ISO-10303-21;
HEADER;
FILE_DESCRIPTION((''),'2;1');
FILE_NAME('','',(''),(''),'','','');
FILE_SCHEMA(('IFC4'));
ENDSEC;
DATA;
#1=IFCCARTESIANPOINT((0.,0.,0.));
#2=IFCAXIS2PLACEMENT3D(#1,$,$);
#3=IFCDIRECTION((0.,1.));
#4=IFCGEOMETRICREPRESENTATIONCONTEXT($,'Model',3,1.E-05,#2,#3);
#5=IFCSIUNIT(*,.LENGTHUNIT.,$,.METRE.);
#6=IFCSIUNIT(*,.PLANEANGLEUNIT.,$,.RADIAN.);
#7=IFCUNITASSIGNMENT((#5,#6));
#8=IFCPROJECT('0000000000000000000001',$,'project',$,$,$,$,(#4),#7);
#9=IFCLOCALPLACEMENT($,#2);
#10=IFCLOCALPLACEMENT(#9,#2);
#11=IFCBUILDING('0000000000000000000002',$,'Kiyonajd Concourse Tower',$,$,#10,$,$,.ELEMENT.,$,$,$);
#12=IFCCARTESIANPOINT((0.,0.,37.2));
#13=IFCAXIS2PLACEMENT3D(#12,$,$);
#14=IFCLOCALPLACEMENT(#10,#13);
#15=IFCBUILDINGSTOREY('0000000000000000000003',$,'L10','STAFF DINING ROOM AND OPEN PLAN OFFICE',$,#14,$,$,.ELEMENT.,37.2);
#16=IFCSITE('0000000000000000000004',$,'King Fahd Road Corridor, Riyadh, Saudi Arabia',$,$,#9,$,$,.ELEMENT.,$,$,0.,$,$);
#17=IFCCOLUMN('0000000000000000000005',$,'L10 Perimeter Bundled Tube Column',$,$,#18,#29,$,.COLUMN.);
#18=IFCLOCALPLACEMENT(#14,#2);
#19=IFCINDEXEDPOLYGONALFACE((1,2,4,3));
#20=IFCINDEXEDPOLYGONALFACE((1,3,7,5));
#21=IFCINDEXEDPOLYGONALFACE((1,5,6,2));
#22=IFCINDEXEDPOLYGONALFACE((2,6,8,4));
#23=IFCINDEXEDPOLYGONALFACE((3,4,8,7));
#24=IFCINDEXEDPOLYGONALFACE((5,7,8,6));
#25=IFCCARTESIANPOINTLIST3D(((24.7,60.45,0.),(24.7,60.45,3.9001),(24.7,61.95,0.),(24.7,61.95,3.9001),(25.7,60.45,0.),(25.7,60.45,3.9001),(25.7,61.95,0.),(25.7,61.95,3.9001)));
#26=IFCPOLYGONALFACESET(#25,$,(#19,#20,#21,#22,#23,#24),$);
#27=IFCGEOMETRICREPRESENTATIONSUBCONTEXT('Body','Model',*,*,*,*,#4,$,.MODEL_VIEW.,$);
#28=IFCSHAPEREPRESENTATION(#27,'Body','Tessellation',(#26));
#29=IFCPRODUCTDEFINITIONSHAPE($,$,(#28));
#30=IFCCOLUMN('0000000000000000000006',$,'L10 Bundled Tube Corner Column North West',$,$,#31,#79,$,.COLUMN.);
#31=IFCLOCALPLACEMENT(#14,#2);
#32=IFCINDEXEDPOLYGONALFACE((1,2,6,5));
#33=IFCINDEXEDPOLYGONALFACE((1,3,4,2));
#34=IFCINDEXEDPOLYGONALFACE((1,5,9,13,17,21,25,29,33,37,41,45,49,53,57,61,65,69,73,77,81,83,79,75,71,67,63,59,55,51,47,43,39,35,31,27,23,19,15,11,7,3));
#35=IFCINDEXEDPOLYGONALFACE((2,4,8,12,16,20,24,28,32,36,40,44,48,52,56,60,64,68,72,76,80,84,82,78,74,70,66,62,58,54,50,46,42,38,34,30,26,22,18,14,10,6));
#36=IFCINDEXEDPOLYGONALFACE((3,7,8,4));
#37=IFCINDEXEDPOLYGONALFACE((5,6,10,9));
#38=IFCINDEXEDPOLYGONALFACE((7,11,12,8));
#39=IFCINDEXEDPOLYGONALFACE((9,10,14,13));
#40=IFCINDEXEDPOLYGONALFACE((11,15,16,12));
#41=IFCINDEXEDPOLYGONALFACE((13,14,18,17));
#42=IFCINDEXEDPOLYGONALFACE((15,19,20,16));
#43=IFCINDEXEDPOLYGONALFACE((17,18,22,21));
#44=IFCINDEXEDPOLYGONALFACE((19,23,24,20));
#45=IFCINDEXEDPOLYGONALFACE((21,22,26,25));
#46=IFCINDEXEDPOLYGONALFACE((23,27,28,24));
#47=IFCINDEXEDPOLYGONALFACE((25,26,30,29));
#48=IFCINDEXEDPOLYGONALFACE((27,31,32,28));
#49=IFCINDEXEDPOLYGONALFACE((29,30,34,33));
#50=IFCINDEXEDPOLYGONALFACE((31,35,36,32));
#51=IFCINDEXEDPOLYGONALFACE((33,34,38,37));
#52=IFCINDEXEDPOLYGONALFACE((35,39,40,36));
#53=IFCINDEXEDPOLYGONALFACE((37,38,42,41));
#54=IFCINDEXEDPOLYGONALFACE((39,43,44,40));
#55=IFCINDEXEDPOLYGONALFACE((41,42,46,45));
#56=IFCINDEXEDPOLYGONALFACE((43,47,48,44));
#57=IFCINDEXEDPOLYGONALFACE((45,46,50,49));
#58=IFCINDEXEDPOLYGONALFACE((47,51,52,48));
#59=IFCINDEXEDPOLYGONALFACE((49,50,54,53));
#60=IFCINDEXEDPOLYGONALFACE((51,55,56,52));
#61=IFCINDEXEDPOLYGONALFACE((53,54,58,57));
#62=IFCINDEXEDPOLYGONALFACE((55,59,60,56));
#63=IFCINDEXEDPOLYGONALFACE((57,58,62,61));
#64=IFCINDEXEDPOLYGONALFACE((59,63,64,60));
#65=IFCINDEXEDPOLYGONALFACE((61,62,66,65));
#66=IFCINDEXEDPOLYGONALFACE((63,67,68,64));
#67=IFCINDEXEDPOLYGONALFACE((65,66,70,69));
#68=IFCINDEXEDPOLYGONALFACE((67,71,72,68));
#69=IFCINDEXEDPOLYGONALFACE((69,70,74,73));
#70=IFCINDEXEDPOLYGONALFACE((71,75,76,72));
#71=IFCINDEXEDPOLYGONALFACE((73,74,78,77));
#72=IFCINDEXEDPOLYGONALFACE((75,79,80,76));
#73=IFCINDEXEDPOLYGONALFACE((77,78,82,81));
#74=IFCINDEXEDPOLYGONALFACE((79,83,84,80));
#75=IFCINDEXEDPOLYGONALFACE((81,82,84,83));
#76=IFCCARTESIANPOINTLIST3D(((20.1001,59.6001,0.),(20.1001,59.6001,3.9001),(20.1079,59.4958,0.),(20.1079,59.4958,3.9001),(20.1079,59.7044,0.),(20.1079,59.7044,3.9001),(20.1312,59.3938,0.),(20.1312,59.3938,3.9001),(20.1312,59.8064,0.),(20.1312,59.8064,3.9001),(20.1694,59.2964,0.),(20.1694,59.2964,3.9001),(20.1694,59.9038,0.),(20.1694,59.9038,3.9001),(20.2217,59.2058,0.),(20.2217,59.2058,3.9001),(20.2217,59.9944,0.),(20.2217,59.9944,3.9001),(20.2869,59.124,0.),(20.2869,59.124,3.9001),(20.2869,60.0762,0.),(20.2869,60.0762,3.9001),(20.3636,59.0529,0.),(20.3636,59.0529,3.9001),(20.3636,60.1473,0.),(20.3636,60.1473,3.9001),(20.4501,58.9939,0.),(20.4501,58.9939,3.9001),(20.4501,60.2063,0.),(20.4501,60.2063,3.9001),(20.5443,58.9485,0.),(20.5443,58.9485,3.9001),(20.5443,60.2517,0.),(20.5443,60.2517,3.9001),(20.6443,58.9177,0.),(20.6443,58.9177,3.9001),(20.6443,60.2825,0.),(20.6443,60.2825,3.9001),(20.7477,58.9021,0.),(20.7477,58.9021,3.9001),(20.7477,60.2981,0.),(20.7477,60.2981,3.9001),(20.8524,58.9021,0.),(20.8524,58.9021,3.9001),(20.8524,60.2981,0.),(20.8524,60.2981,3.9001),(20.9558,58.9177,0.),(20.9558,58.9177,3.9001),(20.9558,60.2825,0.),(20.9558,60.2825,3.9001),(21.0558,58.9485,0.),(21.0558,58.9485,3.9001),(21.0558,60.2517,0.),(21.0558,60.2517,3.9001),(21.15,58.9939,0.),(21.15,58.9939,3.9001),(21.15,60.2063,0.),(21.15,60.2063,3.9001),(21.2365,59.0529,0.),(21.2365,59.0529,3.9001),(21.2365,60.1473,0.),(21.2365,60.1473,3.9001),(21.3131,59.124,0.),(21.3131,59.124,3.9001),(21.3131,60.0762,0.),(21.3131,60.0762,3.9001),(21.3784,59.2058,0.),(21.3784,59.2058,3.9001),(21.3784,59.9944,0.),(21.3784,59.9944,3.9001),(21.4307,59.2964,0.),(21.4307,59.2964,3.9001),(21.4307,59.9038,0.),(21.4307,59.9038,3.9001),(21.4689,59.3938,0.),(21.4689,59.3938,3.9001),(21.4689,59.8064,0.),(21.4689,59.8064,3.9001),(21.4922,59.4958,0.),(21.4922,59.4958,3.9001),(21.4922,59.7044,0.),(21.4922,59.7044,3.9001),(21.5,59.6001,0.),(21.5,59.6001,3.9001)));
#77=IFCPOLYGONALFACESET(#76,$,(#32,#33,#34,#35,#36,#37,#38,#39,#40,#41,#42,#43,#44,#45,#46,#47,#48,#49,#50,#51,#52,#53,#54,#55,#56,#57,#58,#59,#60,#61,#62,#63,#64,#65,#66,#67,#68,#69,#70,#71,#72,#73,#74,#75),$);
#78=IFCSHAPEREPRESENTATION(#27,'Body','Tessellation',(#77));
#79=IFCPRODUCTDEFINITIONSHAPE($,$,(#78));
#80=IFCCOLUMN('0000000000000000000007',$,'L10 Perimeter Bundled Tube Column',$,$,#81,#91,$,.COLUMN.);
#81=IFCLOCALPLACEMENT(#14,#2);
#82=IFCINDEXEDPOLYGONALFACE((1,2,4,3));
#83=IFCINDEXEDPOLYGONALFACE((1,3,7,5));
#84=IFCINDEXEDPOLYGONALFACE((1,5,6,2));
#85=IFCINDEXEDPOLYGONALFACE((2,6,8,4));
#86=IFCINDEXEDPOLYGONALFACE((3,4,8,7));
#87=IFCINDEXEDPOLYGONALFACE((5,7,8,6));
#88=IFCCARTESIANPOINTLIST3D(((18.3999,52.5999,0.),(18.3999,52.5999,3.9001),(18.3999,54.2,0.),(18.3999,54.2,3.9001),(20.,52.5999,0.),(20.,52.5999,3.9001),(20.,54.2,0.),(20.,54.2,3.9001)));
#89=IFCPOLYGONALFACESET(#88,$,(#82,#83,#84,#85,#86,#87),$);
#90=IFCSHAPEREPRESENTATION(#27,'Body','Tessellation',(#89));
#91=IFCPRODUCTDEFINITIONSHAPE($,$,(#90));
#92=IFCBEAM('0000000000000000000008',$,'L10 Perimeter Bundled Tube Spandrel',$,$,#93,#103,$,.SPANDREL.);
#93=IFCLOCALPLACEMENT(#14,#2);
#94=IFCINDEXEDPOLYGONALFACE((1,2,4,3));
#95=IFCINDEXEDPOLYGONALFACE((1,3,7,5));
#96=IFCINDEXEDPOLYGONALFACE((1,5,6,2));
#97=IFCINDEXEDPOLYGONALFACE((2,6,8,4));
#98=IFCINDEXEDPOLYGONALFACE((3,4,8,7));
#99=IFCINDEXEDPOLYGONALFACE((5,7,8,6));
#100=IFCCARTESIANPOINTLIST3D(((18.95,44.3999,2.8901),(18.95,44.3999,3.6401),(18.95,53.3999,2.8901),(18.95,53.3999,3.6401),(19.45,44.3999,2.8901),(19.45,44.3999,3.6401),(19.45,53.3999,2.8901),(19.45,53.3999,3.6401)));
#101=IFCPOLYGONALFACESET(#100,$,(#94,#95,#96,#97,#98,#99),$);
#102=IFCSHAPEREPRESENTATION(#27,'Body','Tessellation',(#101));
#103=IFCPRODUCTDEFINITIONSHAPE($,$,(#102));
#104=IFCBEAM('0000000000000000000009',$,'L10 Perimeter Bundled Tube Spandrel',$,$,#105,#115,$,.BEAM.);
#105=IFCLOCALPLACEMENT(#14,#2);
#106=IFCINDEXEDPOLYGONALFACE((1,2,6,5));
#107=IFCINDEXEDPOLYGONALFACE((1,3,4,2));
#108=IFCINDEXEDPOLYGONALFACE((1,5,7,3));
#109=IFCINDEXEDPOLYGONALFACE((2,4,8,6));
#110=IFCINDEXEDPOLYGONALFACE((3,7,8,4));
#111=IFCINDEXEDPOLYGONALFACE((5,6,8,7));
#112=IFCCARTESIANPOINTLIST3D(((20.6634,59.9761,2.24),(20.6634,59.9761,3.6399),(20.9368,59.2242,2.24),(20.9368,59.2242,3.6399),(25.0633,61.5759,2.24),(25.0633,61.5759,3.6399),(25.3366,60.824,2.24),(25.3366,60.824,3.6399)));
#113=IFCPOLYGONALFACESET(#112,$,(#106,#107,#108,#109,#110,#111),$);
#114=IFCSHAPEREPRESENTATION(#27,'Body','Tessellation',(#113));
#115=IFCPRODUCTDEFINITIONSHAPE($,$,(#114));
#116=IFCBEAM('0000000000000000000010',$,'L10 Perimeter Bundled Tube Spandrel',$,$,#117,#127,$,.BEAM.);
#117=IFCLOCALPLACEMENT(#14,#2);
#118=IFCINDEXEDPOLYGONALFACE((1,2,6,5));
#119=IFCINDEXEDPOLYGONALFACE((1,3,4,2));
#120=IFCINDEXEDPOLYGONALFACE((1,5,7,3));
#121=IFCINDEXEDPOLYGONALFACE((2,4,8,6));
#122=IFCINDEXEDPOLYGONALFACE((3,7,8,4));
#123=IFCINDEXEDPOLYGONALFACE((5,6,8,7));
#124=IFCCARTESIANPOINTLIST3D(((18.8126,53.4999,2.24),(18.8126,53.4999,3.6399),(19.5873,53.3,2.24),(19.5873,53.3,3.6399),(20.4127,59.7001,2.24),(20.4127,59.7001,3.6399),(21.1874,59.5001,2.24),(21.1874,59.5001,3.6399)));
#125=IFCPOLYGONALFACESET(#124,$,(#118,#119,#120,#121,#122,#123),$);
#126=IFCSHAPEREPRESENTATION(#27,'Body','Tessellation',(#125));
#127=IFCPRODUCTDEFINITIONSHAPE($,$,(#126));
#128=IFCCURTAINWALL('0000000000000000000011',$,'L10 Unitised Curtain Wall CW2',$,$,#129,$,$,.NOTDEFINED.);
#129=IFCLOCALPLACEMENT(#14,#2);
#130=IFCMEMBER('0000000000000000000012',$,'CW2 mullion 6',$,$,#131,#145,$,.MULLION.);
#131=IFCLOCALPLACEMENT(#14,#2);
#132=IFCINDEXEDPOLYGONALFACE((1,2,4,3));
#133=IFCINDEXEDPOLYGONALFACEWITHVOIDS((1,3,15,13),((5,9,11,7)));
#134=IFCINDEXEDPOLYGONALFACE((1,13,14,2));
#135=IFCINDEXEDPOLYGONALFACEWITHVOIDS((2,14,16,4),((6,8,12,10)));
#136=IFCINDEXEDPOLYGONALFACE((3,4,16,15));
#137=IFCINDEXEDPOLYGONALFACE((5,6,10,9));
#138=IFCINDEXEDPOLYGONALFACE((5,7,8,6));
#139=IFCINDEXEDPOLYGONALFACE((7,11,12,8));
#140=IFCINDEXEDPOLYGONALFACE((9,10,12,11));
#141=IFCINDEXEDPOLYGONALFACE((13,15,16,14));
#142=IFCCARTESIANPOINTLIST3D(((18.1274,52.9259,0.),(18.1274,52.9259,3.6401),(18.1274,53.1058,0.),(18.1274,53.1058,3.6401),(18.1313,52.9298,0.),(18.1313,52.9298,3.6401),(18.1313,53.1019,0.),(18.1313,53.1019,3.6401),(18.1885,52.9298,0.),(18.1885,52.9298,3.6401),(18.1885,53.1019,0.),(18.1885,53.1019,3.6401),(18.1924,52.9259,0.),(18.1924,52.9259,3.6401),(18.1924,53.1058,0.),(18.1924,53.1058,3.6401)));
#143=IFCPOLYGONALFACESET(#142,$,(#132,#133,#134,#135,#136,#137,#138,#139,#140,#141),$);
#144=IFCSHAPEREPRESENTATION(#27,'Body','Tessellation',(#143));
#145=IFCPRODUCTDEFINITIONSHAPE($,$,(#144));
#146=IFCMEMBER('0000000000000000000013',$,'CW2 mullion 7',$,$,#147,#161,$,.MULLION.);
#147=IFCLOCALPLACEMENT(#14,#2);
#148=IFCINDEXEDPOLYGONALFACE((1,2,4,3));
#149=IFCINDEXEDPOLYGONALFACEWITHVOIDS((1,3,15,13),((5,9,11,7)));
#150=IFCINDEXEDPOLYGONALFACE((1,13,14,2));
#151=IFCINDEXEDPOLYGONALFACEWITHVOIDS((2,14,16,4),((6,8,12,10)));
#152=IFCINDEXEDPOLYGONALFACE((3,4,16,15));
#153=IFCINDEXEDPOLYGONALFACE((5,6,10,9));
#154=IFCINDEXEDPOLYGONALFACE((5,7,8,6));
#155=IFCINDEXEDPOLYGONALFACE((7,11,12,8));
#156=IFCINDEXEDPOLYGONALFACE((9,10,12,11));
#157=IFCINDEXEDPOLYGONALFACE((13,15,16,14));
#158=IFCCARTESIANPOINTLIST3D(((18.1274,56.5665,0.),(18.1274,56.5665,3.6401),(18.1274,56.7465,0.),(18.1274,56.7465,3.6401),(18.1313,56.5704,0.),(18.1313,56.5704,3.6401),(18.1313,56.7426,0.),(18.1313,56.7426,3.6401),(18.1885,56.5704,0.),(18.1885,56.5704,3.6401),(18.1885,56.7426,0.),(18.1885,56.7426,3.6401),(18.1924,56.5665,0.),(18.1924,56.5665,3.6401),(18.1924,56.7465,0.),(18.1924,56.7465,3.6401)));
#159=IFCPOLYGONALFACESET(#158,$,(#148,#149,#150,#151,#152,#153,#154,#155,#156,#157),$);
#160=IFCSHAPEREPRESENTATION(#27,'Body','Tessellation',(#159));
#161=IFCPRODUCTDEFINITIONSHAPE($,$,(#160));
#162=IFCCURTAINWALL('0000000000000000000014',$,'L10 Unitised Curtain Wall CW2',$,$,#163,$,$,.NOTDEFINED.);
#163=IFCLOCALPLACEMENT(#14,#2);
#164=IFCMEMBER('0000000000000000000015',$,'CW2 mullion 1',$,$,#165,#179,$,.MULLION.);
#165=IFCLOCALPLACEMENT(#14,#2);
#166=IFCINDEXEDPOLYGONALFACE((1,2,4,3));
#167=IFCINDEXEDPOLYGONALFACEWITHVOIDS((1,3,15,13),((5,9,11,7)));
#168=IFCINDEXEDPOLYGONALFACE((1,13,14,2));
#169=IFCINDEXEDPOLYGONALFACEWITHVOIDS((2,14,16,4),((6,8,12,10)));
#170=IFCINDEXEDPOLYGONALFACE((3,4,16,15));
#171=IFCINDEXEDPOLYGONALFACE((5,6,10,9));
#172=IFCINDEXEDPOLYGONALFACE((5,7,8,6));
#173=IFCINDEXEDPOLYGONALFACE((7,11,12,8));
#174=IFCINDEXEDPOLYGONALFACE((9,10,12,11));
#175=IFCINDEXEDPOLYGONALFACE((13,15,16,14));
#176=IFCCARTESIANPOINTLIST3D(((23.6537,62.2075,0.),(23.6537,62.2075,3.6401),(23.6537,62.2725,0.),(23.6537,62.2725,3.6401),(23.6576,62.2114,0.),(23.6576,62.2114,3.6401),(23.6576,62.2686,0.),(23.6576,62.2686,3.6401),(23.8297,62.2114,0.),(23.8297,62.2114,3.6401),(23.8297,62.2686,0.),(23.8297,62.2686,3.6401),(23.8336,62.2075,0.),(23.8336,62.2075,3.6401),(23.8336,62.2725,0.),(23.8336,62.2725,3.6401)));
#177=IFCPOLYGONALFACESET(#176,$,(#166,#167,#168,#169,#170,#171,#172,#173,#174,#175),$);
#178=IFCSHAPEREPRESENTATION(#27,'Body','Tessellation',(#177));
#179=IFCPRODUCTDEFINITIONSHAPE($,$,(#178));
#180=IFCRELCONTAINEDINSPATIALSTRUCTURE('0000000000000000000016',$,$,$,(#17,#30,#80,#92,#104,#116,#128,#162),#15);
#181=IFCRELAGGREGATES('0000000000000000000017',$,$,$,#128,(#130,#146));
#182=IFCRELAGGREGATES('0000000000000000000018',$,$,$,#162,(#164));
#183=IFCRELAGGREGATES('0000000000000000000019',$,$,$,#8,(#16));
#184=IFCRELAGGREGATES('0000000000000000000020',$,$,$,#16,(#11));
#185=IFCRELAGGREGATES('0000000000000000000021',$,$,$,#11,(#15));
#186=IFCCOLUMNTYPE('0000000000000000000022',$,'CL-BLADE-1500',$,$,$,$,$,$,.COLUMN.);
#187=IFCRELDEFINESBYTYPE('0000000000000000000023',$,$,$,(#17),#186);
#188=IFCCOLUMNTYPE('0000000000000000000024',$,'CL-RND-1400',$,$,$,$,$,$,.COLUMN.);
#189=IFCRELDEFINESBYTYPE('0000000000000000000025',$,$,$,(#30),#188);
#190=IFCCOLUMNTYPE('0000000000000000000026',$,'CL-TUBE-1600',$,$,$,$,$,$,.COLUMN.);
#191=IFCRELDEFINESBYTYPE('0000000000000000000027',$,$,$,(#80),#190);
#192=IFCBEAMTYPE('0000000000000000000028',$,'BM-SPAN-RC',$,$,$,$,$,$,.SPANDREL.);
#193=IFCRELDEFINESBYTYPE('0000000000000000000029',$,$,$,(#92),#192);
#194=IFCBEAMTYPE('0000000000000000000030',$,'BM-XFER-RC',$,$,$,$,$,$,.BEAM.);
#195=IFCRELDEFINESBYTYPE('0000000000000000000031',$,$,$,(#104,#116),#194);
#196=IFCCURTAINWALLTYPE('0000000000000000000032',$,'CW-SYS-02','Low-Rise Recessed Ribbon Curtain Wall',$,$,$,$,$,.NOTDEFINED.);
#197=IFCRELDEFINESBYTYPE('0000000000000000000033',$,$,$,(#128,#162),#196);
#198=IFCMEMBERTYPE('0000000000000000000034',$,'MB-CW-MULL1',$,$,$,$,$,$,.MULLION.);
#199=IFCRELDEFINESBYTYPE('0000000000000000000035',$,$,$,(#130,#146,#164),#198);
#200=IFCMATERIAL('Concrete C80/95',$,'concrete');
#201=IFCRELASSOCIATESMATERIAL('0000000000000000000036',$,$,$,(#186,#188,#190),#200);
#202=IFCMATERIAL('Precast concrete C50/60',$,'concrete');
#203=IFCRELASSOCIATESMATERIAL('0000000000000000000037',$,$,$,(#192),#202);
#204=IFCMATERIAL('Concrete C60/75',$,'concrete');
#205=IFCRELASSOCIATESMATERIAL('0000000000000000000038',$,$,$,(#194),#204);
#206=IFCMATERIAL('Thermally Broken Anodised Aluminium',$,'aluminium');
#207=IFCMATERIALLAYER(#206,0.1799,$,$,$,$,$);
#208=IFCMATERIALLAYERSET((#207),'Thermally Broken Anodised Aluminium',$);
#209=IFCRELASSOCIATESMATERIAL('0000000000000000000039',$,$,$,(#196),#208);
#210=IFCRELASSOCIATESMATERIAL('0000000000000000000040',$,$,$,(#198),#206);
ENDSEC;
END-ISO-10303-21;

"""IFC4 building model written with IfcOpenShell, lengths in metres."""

from ifc_helpers import new_model, si_unit, direction, frame, origin, origin_2d, place, context, subcontext, project, spatial, rectangle, hollow_rectangle, circle, extrude, material, layer, layer_set, material_profile, profile_set, type_object, element, aggregate, save


model = new_model("IFC4")

# Units and contexts
model_context = context("Model", 3, precision=1e-05, world=origin(), true_north=direction((0.0, 1.0)))
body_context = subcontext(model_context, "Body", "Model", "MODEL_VIEW")
ifc_project = project(units=[si_unit("LENGTHUNIT", "METRE"), si_unit("PLANEANGLEUNIT", "RADIAN")], contexts=[model_context])

# Site, building, storey
site_placement = place(None, origin())
site = spatial("IfcSite", under=ifc_project, at=site_placement, Name="King Fahd Road Corridor, Riyadh, Saudi Arabia", CompositionType="ELEMENT", RefElevation=0.0)
building_placement = place(site_placement, origin())
building = spatial("IfcBuilding", under=site, at=building_placement, Name="Kiyonajd Concourse Tower", CompositionType="ELEMENT")
storey_placement = place(building_placement, frame((0.0, 0.0, 37.2)))
storey = spatial("IfcBuildingStorey", under=building, at=storey_placement, Name="L10", Description="STAFF DINING ROOM AND OPEN PLAN OFFICE", CompositionType="ELEMENT", Elevation=37.2)

# Columns
ifc_material_1 = material(Name="Concrete C80/95", Category="concrete")
ifc_material_profile_1 = material_profile(ifc_material_1, rectangle(XDim=1.0, YDim=1.5, at=origin_2d()), Name="RC-1500x1000")
ifc_profile_set_1 = profile_set([ifc_material_profile_1], Name="Concrete C80/95")
column_type_1 = type_object("IfcColumnType", Name="CL-BLADE-1500", PredefinedType="COLUMN", material=ifc_profile_set_1)
column_1_placement = place(storey_placement, frame((25.2, 61.2, 0.0), z_axis=(0.0, 0.0, 1.0), x_axis=(1.0, 0.0, 0.0)))
element("IfcColumn", 1, at=column_1_placement, inside=storey, type_object=column_type_1, Name="L10 Perimeter Bundled Tube Column", PredefinedType="COLUMN", context=body_context, shape_type="SweptSolid", body=[
    extrude(rectangle(XDim=1.0, YDim=1.5, at=origin_2d()), origin(), (0.0, 0.0, 1.0), 3.9001),
])
ifc_material_profile_2 = material_profile(ifc_material_1, circle(Radius=0.7, at=origin_2d()), Name="RCC-D1400")
ifc_profile_set_2 = profile_set([ifc_material_profile_2], Name="Concrete C80/95")
column_type_2 = type_object("IfcColumnType", Name="CL-RND-1400", PredefinedType="COLUMN", material=ifc_profile_set_2)
column_2_placement = place(storey_placement, frame((20.8, 59.6001, 0.0), z_axis=(0.0, 0.0, 1.0), x_axis=(1.0, 0.0, 0.0)))
element("IfcColumn", 2, at=column_2_placement, inside=storey, type_object=column_type_2, Name="L10 Bundled Tube Corner Column North West", PredefinedType="COLUMN", context=body_context, shape_type="SweptSolid", body=[
    extrude(circle(Radius=0.7, at=origin_2d()), origin(), (0.0, 0.0, 1.0), 3.9001),
])
ifc_material_profile_3 = material_profile(ifc_material_1, rectangle(XDim=1.6001, YDim=1.6001, at=origin_2d()), Name="RC-1600x1600")
ifc_profile_set_3 = profile_set([ifc_material_profile_3], Name="Concrete C80/95")
column_type_3 = type_object("IfcColumnType", Name="CL-TUBE-1600", PredefinedType="COLUMN", material=ifc_profile_set_3)
column_3_placement = place(storey_placement, frame((19.2, 53.3999, 0.0), z_axis=(0.0, 0.0, 1.0), x_axis=(1.0, 0.0, 0.0)))
element("IfcColumn", 3, at=column_3_placement, inside=storey, type_object=column_type_3, Name="L10 Perimeter Bundled Tube Column", PredefinedType="COLUMN", context=body_context, shape_type="SweptSolid", body=[
    extrude(rectangle(XDim=1.6001, YDim=1.6001, at=origin_2d()), origin(), (0.0, 0.0, 1.0), 3.9001),
])

# Beams
ifc_material_2 = material(Name="Precast concrete C50/60", Category="concrete")
ifc_material_profile_4 = material_profile(ifc_material_2, rectangle(XDim=0.5, YDim=0.75, at=origin_2d()), Name="RCBM-500x750")
ifc_profile_set_4 = profile_set([ifc_material_profile_4], Name="Precast concrete C50/60")
beam_type_1 = type_object("IfcBeamType", Name="BM-SPAN-RC", PredefinedType="SPANDREL", material=ifc_profile_set_4)
beam_1_placement = place(storey_placement, frame((19.2, 53.3999, 3.2651), z_axis=(0.0, -1.0, 0.0), x_axis=(1.0, 0.0, 0.0)))
element("IfcBeam", 4, at=beam_1_placement, inside=storey, type_object=beam_type_1, Name="L10 Perimeter Bundled Tube Spandrel", PredefinedType="SPANDREL", context=body_context, shape_type="SweptSolid", body=[
    extrude(rectangle(XDim=0.5, YDim=0.75, at=origin_2d()), origin(), (0.0, 0.0, 1.0), 9.0),
])
ifc_material_3 = material(Name="Concrete C60/75", Category="concrete")
ifc_material_profile_5 = material_profile(ifc_material_3, rectangle(XDim=0.8, YDim=1.3999, at=origin_2d()), Name="RCBM-800x1400")
ifc_profile_set_5 = profile_set([ifc_material_profile_5], Name="Concrete C60/75")
beam_type_2 = type_object("IfcBeamType", Name="BM-XFER-RC", PredefinedType="BEAM", material=ifc_profile_set_5)
beam_2_placement = place(storey_placement, frame((25.2, 61.2, 2.9399), z_axis=(-0.939801, -0.341722, 0.0), x_axis=(0.341722, -0.939801, 0.0)))
element("IfcBeam", 5, at=beam_2_placement, inside=storey, type_object=beam_type_2, Name="L10 Perimeter Bundled Tube Spandrel", PredefinedType="BEAM", context=body_context, shape_type="SweptSolid", body=[
    extrude(rectangle(XDim=0.8, YDim=1.3999, at=origin_2d()), origin(), (0.0, 0.0, 1.0), 4.6816),
])
beam_3_placement = place(storey_placement, frame((20.8, 59.6001, 2.9399), z_axis=(-0.249885, -0.968276, 0.0), x_axis=(0.968276, -0.249885, 0.0)))
element("IfcBeam", 6, at=beam_3_placement, inside=storey, type_object=beam_type_2, Name="L10 Perimeter Bundled Tube Spandrel", PredefinedType="BEAM", context=body_context, shape_type="SweptSolid", body=[
    extrude(rectangle(XDim=0.8, YDim=1.3999, at=origin_2d()), origin(), (0.0, 0.0, 1.0), 6.4033),
])

# Curtain walls, members
ifc_material_4 = material(Name="Thermally Broken Anodised Aluminium", Category="aluminium")
ifc_layer_1 = layer(ifc_material_4, 0.1799)
ifc_layer_set_1 = layer_set([ifc_layer_1], Name="Thermally Broken Anodised Aluminium")
curtain_wall_type = type_object("IfcCurtainWallType", Name="CW-SYS-02", Description="Low-Rise Recessed Ribbon Curtain Wall", PredefinedType="NOTDEFINED", material=ifc_layer_set_1)
curtain_wall_1_placement = place(storey_placement, origin())
curtain_wall_1 = element("IfcCurtainWall", 7, at=curtain_wall_1_placement, inside=storey, type_object=curtain_wall_type, Name="L10 Unitised Curtain Wall CW2", PredefinedType="NOTDEFINED")
ifc_material_profile_6 = material_profile(ifc_material_4, hollow_rectangle(XDim=0.0649, YDim=0.1799, WallThickness=0.0039, at=origin_2d()), Name="MULL-65x180")
ifc_profile_set_6 = profile_set([ifc_material_profile_6], Name="Thermally Broken Anodised Aluminium")
member_type_1 = type_object("IfcMemberType", Name="MB-CW-MULL1", PredefinedType="MULLION", material=ifc_profile_set_6)
member_1_placement = place(storey_placement, frame((18.1599, 53.0159, 0.0), z_axis=(0.0, 0.0, 1.0), x_axis=(-1.0, 0.0, 0.0)))
member_1 = element("IfcMember", 8, at=member_1_placement, type_object=member_type_1, Name="CW2 mullion 6", PredefinedType="MULLION", context=body_context, shape_type="SweptSolid", body=[
    extrude(hollow_rectangle(XDim=0.0649, YDim=0.1799, WallThickness=0.0039, at=origin_2d()), origin(), (0.0, 0.0, 1.0), 3.6401),
])
member_2_placement = place(storey_placement, frame((18.1599, 56.6565, 0.0), z_axis=(0.0, 0.0, 1.0), x_axis=(-1.0, 0.0, 0.0)))
member_2 = element("IfcMember", 9, at=member_2_placement, type_object=member_type_1, Name="CW2 mullion 7", PredefinedType="MULLION", context=body_context, shape_type="SweptSolid", body=[
    extrude(hollow_rectangle(XDim=0.0649, YDim=0.1799, WallThickness=0.0039, at=origin_2d()), origin(), (0.0, 0.0, 1.0), 3.6401),
])
curtain_wall_2_placement = place(storey_placement, origin())
curtain_wall_2 = element("IfcCurtainWall", 10, at=curtain_wall_2_placement, inside=storey, type_object=curtain_wall_type, Name="L10 Unitised Curtain Wall CW2", PredefinedType="NOTDEFINED")
member_3_placement = place(storey_placement, frame((23.7437, 62.24, 0.0), z_axis=(0.0, 0.0, 1.0), x_axis=(0.0, 1.0, 0.0)))
member_3 = element("IfcMember", 11, at=member_3_placement, type_object=member_type_1, Name="CW2 mullion 1", PredefinedType="MULLION", context=body_context, shape_type="SweptSolid", body=[
    extrude(hollow_rectangle(XDim=0.0649, YDim=0.1799, WallThickness=0.0039, at=origin_2d()), origin(), (0.0, 0.0, 1.0), 3.6401),
])

aggregate(curtain_wall_1, [member_1, member_2])
aggregate(curtain_wall_2, [member_3])

save(model, "model.ifc")
